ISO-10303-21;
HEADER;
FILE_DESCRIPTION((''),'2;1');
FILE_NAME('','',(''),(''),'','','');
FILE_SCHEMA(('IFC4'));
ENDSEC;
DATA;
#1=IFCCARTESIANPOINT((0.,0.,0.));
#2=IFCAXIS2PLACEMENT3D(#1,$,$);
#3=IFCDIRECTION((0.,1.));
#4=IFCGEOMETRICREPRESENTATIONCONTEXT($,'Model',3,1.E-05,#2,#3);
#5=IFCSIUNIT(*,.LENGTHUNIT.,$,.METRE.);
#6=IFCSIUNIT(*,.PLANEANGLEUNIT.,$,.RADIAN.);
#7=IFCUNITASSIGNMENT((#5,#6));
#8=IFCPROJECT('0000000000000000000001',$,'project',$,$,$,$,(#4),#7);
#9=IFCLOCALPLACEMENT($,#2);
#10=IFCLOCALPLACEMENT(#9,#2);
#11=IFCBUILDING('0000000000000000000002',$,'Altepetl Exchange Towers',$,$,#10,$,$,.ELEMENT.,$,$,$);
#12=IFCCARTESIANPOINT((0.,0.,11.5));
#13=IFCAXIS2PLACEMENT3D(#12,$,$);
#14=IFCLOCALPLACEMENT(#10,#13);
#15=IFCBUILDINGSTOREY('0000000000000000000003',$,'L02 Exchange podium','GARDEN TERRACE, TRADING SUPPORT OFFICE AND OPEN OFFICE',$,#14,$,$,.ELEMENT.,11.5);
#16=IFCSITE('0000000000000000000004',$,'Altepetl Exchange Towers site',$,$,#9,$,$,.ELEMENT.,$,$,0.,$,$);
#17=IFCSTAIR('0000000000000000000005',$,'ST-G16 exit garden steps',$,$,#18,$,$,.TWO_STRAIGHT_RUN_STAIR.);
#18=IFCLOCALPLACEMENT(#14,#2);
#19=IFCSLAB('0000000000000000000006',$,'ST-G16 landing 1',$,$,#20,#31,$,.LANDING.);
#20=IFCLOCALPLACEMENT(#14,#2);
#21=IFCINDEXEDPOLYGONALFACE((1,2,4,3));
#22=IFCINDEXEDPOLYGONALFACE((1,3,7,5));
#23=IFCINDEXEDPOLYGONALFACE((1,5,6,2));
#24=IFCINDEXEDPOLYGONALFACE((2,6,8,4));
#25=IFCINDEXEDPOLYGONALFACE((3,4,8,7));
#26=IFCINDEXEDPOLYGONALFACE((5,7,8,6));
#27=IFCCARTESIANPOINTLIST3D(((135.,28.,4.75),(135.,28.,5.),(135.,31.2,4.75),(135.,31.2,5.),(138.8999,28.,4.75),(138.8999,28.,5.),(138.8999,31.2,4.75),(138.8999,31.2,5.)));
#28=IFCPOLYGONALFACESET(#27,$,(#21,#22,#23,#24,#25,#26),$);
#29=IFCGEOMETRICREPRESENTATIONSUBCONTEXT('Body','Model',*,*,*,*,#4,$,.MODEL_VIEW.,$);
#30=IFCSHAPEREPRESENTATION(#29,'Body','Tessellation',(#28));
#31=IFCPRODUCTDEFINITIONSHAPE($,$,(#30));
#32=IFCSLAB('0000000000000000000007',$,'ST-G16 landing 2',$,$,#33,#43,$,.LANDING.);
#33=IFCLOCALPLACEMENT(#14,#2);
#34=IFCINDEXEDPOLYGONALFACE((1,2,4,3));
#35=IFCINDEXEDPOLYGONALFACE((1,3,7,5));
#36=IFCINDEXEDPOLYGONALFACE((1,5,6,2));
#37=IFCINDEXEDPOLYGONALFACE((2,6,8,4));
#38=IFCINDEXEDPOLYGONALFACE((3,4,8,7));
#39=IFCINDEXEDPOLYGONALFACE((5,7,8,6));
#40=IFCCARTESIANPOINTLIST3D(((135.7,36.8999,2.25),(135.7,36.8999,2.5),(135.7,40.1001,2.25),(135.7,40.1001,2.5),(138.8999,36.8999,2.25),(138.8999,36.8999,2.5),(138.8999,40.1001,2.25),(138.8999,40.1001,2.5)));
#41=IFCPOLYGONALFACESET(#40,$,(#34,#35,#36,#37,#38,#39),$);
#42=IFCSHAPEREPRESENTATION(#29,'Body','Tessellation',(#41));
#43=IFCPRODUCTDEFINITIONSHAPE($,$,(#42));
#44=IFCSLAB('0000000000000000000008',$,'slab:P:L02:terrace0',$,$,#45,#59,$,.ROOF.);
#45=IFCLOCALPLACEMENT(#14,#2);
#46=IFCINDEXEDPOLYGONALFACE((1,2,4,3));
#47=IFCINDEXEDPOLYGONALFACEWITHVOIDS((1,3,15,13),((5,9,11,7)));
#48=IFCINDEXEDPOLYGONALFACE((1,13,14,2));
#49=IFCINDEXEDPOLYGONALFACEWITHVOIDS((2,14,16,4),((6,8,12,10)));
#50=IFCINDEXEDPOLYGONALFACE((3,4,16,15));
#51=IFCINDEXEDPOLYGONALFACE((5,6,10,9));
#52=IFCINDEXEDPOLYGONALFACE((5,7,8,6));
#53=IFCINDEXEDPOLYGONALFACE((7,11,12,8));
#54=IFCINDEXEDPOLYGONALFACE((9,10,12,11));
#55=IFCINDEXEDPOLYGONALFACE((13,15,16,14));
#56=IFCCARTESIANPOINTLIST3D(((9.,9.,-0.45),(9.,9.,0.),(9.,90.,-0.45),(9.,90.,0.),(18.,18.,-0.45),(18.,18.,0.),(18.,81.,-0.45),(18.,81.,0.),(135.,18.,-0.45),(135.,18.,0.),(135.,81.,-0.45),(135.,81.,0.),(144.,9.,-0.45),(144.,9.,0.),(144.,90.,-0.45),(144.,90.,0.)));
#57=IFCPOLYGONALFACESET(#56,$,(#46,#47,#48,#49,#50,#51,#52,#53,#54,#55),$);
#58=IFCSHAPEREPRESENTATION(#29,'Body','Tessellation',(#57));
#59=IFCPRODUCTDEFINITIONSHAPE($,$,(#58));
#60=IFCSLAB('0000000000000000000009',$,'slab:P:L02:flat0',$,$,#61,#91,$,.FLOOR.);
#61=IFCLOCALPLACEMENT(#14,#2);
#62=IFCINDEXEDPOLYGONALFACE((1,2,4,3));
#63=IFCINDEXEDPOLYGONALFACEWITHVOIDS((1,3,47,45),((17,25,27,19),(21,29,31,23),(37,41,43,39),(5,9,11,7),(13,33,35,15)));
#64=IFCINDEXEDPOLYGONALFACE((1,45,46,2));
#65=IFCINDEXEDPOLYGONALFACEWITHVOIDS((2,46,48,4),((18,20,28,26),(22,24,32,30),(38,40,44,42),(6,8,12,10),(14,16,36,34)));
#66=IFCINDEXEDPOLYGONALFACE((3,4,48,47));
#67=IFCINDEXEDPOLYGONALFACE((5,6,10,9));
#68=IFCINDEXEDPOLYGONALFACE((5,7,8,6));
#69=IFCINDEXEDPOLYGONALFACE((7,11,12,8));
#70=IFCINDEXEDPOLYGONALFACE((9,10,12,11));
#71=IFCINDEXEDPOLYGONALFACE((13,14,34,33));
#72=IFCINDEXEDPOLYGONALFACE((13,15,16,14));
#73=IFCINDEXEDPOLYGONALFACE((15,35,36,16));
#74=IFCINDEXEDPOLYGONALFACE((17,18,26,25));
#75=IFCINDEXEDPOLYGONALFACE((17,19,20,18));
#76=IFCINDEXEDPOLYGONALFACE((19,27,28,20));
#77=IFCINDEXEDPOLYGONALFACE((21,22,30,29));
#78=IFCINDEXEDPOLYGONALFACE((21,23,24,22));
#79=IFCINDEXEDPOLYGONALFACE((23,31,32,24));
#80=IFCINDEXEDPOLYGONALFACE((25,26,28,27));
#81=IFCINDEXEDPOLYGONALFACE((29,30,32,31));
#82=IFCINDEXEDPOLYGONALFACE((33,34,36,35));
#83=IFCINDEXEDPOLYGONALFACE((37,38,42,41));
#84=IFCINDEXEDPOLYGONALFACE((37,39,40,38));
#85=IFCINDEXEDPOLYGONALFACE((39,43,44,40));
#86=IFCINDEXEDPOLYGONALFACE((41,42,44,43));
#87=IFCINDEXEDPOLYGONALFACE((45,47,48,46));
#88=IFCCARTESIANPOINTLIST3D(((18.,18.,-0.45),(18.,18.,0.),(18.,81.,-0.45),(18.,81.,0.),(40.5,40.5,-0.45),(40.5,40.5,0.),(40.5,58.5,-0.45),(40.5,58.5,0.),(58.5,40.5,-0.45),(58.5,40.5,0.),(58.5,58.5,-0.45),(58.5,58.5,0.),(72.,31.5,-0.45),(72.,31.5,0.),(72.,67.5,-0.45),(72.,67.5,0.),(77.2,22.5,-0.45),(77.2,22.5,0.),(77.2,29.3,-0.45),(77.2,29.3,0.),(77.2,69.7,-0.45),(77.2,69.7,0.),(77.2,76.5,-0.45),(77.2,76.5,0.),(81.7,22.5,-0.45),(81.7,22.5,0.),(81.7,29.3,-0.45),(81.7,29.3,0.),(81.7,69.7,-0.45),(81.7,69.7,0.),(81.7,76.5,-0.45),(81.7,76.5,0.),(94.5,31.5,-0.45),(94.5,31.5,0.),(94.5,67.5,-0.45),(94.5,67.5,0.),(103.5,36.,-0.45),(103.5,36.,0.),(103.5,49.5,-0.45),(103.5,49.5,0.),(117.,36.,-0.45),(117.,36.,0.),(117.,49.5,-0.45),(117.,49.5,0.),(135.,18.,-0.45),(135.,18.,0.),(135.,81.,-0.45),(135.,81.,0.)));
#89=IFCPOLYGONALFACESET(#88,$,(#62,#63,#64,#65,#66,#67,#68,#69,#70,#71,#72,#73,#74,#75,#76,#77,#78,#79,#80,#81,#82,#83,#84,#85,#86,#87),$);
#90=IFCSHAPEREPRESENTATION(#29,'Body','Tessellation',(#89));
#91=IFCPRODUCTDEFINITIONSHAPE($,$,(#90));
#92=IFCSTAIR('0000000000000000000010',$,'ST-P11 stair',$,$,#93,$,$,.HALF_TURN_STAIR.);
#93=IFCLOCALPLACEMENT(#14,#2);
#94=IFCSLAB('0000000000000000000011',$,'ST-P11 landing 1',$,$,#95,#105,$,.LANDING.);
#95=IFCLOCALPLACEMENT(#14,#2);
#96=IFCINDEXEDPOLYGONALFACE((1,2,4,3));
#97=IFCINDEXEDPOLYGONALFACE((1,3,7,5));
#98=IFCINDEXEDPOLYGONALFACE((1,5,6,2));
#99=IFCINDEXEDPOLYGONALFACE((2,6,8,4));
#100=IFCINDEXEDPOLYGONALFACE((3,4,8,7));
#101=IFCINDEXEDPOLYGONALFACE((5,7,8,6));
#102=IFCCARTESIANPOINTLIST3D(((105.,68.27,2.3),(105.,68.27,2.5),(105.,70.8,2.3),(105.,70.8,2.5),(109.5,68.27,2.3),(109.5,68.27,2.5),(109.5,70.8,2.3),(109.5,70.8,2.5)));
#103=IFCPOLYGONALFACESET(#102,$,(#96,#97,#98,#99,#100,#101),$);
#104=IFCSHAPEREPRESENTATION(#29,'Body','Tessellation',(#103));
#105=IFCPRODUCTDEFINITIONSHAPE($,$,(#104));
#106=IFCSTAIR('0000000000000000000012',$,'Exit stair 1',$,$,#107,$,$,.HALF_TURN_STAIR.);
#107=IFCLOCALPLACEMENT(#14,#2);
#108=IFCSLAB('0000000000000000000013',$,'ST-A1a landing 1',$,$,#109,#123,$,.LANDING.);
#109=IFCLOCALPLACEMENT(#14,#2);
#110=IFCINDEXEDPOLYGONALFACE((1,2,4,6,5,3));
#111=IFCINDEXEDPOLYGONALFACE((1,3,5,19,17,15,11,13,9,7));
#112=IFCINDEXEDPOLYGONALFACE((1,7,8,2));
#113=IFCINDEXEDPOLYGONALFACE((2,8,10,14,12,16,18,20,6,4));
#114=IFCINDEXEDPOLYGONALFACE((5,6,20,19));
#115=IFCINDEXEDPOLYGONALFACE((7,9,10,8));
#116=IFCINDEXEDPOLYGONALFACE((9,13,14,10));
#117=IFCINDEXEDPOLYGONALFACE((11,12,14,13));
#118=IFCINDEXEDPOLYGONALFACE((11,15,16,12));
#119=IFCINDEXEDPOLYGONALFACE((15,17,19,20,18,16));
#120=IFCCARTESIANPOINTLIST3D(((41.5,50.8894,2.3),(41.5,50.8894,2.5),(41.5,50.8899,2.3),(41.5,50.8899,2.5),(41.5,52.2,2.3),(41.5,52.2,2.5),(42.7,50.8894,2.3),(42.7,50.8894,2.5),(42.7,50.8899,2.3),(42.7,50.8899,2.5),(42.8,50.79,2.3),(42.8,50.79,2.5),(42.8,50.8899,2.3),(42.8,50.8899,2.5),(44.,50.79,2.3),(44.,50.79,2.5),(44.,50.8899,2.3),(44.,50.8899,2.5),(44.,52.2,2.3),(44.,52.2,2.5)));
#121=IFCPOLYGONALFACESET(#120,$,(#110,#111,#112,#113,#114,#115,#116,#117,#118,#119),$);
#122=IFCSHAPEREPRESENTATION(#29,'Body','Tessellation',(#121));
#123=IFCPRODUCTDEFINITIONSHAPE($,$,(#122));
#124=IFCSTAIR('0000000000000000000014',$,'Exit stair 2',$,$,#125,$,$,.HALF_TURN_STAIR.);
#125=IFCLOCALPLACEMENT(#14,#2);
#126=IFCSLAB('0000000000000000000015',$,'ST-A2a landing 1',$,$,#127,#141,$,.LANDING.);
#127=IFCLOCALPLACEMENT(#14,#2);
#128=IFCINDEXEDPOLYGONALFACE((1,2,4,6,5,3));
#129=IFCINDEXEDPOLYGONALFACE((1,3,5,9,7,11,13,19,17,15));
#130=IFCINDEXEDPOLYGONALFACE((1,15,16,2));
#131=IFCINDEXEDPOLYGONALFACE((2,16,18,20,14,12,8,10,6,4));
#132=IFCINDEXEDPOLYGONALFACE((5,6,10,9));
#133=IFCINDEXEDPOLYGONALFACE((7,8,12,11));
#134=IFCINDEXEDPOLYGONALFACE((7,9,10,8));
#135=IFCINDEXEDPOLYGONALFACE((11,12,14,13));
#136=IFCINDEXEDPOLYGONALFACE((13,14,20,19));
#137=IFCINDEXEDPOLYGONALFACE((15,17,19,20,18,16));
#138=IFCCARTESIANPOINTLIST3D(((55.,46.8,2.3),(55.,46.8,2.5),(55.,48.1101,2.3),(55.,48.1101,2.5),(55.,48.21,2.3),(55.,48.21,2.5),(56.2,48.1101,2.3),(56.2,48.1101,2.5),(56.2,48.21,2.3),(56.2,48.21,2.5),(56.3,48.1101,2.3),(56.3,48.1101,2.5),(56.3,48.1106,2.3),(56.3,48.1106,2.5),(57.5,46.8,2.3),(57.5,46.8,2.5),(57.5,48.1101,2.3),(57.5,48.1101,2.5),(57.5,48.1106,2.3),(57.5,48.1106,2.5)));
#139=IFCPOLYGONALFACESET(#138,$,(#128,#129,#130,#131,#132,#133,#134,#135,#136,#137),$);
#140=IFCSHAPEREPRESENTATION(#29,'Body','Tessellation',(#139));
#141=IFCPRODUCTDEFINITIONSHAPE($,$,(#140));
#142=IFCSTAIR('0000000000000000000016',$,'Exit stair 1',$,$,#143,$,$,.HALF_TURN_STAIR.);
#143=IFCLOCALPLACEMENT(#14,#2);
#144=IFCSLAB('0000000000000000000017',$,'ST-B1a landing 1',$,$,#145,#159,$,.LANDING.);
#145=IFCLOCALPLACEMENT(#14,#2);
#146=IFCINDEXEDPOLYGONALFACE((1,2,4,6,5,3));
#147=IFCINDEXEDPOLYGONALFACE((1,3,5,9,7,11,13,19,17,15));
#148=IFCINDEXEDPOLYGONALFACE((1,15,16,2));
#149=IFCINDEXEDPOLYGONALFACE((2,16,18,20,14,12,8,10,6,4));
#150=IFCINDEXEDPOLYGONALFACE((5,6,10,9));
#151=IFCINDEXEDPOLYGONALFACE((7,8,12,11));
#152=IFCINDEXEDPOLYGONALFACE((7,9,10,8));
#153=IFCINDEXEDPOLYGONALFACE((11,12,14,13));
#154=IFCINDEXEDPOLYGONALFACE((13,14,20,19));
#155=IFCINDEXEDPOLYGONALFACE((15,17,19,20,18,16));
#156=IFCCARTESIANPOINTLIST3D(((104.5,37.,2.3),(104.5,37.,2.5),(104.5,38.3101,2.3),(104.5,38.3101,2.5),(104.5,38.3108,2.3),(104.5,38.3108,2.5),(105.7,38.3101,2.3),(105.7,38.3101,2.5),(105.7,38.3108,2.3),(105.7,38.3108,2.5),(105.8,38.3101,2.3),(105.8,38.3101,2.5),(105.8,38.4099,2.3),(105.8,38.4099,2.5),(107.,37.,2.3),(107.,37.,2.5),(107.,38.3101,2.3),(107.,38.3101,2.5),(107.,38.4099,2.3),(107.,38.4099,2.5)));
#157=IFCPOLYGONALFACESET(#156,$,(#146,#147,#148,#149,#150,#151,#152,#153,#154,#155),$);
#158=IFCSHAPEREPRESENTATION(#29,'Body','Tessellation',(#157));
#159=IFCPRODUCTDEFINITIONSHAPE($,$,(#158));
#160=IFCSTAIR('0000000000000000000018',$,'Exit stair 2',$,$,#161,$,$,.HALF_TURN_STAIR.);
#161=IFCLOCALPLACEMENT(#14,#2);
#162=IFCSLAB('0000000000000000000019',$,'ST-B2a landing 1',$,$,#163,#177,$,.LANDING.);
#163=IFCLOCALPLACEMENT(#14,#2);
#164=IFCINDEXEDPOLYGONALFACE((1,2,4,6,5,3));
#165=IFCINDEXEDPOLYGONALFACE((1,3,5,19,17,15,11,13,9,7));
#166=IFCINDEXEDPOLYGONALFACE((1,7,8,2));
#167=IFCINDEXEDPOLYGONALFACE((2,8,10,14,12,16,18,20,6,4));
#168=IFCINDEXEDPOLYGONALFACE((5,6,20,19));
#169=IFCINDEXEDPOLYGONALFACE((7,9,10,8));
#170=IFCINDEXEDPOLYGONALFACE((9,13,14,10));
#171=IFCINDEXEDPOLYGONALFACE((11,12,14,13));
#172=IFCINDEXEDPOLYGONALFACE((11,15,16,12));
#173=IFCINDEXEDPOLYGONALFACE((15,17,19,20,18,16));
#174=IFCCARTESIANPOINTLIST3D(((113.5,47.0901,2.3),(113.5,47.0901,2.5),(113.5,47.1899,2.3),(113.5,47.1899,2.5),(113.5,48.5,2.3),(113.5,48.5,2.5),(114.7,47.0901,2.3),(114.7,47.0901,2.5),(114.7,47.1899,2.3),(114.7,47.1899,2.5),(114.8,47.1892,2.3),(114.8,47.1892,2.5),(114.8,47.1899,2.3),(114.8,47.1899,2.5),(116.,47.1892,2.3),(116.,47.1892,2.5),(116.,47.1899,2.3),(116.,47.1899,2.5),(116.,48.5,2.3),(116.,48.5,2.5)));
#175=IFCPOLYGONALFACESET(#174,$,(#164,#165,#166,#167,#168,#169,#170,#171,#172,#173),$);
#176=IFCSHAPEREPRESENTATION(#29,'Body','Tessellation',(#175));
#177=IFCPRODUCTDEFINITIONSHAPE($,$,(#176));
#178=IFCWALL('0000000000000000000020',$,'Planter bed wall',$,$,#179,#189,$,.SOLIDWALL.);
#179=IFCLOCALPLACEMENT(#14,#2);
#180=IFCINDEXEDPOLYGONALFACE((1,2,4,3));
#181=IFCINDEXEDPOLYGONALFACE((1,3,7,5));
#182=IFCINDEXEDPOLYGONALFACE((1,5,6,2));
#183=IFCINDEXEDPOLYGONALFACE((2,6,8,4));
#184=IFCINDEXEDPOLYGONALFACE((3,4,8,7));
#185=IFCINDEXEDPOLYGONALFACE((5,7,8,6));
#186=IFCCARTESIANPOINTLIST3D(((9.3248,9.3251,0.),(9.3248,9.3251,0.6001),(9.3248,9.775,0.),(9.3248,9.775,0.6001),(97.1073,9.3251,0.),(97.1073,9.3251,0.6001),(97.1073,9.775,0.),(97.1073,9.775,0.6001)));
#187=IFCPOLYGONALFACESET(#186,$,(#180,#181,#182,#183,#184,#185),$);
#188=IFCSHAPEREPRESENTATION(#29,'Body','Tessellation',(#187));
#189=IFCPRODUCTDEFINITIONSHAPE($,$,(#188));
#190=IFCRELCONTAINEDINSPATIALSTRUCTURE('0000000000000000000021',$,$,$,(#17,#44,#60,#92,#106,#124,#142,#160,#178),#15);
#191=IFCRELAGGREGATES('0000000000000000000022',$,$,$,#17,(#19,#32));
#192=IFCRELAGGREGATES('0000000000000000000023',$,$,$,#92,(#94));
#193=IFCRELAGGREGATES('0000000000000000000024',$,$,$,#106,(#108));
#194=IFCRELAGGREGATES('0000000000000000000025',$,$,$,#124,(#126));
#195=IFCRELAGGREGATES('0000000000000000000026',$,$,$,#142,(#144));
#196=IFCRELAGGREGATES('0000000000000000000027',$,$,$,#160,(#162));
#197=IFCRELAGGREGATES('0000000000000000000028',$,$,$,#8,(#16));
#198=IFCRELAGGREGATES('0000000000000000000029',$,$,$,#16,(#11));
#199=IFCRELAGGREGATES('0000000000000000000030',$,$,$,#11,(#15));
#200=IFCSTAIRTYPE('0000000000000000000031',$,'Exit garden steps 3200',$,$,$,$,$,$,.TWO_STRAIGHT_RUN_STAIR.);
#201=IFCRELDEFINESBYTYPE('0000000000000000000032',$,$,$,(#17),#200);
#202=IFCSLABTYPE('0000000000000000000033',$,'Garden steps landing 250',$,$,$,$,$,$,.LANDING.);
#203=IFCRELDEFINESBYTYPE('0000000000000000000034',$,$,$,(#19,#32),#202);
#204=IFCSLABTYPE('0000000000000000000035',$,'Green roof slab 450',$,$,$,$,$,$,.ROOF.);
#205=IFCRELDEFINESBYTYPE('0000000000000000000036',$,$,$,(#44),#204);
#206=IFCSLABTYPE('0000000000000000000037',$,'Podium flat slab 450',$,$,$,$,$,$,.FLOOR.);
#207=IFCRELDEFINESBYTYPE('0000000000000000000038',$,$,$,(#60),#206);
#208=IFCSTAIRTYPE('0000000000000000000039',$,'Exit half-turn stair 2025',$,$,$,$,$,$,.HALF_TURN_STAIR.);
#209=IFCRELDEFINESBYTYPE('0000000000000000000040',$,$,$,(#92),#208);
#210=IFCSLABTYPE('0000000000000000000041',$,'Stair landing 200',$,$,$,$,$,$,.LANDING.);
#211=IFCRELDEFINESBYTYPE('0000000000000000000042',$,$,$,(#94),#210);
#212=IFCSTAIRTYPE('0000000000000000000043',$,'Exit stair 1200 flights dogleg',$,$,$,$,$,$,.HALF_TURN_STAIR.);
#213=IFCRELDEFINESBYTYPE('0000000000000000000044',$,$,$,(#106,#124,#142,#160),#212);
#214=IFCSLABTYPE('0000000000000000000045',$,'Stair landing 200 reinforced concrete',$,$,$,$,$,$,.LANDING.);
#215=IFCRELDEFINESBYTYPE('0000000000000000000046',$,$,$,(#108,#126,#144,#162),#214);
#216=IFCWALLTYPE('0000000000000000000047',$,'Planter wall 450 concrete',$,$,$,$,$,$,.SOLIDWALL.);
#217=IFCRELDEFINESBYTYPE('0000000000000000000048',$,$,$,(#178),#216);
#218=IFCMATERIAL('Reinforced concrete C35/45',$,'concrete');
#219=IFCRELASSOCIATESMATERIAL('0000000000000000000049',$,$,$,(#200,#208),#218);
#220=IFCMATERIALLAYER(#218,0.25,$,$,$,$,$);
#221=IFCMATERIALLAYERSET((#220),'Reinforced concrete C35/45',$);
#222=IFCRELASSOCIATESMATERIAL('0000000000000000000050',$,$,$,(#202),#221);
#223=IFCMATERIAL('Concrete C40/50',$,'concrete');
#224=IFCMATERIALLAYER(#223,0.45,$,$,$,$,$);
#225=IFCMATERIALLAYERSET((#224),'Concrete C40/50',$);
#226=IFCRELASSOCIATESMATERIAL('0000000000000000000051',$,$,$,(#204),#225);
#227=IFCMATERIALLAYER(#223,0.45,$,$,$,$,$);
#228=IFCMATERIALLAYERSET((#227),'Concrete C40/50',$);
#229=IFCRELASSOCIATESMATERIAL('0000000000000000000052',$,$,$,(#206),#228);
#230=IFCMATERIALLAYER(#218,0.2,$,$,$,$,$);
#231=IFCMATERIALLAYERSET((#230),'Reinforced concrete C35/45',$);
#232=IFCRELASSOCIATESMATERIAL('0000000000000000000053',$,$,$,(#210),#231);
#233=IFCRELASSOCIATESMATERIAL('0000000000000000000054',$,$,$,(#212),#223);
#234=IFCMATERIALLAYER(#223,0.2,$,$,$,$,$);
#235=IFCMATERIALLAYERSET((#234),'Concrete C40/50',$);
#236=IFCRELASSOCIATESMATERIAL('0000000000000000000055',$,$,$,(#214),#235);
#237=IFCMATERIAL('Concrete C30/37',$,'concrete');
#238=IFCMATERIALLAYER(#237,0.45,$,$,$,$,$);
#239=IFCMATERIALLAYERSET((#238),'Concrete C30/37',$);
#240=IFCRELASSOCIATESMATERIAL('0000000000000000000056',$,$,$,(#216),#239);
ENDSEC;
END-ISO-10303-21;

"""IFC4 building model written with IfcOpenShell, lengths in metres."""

from ifc_helpers import new_model, si_unit, direction, frame, frame_2d, origin, place, context, subcontext, project, spatial, polyline, rectangle, outline, extrude, material, layer, layer_set, type_object, element, aggregate, save


model = new_model("IFC4")

# Units and contexts
model_context = context("Model", 3, precision=1e-05, world=origin(), true_north=direction((0.0, 1.0)))
body_context = subcontext(model_context, "Body", "Model", "MODEL_VIEW")
ifc_project = project(units=[si_unit("LENGTHUNIT", "METRE"), si_unit("PLANEANGLEUNIT", "RADIAN")], contexts=[model_context])

# Site, building, storey
site_placement = place(None, origin())
site = spatial("IfcSite", under=ifc_project, at=site_placement, Name="Altepetl Exchange Towers site", CompositionType="ELEMENT", RefElevation=0.0)
building_placement = place(site_placement, origin())
building = spatial("IfcBuilding", under=site, at=building_placement, Name="Altepetl Exchange Towers", CompositionType="ELEMENT")
storey_placement = place(building_placement, frame((0.0, 0.0, 11.5)))
storey = spatial("IfcBuildingStorey", under=building, at=storey_placement, Name="L02 Exchange podium", Description="GARDEN TERRACE, TRADING SUPPORT OFFICE AND OPEN OFFICE", CompositionType="ELEMENT", Elevation=11.5)

# Shared definitions
ifc_material_1 = material(Name="Concrete C40/50", Category="concrete")

# Stair, slabs
ifc_material_2 = material(Name="Reinforced concrete C35/45", Category="concrete")
stair_type_1 = type_object("IfcStairType", Name="Exit garden steps 3200", PredefinedType="TWO_STRAIGHT_RUN_STAIR", material=ifc_material_2)
ifc_layer_1 = layer(ifc_material_2, 0.25)
ifc_layer_set_1 = layer_set([ifc_layer_1], Name="Reinforced concrete C35/45")
slab_type_1 = type_object("IfcSlabType", Name="Garden steps landing 250", PredefinedType="LANDING", material=ifc_layer_set_1)
stair_1_placement = place(storey_placement, origin())
stair_1 = element("IfcStair", 1, at=stair_1_placement, inside=storey, type_object=stair_type_1, Name="ST-G16 exit garden steps", PredefinedType="TWO_STRAIGHT_RUN_STAIR")
slab_1_placement = place(storey_placement, frame((0.0, 0.0, 4.75)))
slab_1 = element("IfcSlab", 2, at=slab_1_placement, type_object=slab_type_1, Name="ST-G16 landing 1", PredefinedType="LANDING", context=body_context, shape_type="SweptSolid", body=[
    extrude(outline(polyline([(135.0, 28.0), (135.0, 31.2), (138.8999, 31.2), (138.8999, 28.0), (135.0, 28.0)])), origin(), (0.0, 0.0, 1.0), 0.25),
])
slab_2_placement = place(storey_placement, frame((0.0, 0.0, 2.25)))
slab_2 = element("IfcSlab", 3, at=slab_2_placement, type_object=slab_type_1, Name="ST-G16 landing 2", PredefinedType="LANDING", context=body_context, shape_type="SweptSolid", body=[
    extrude(outline(polyline([(135.7, 36.8999), (135.7, 40.1001), (138.8999, 40.1001), (138.8999, 36.8999), (135.7, 36.8999)])), origin(), (0.0, 0.0, 1.0), 0.25),
])
aggregate(stair_1, [slab_1, slab_2])

# Slabs
ifc_layer_2 = layer(ifc_material_1, 0.45)
ifc_layer_set_2 = layer_set([ifc_layer_2], Name="Concrete C40/50")
slab_type_2 = type_object("IfcSlabType", Name="Green roof slab 450", PredefinedType="ROOF", material=ifc_layer_set_2)
slab_3_placement = place(storey_placement, frame((0.0, 0.0, -0.45)))
element("IfcSlab", 4, at=slab_3_placement, inside=storey, type_object=slab_type_2, Name="slab:P:L02:terrace0", PredefinedType="ROOF", context=body_context, shape_type="SweptSolid", body=[
    extrude(outline(polyline([(9.0, 9.0), (144.0, 9.0), (144.0, 90.0), (9.0, 90.0), (9.0, 9.0)]), holes=[polyline([(135.0, 81.0), (135.0, 18.0), (18.0, 18.0), (18.0, 81.0), (135.0, 81.0)])]), origin(), (0.0, 0.0, 1.0), 0.45),
])
ifc_layer_3 = layer(ifc_material_1, 0.45)
ifc_layer_set_3 = layer_set([ifc_layer_3], Name="Concrete C40/50")
slab_type_3 = type_object("IfcSlabType", Name="Podium flat slab 450", PredefinedType="FLOOR", material=ifc_layer_set_3)
slab_4_placement = place(storey_placement, frame((0.0, 0.0, -0.45)))
element("IfcSlab", 5, at=slab_4_placement, inside=storey, type_object=slab_type_3, Name="slab:P:L02:flat0", PredefinedType="FLOOR", context=body_context, shape_type="SweptSolid", body=[
    extrude(outline(polyline([(135.0, 18.0), (135.0, 81.0), (18.0, 81.0), (18.0, 18.0), (135.0, 18.0)]), holes=[polyline([(103.5, 36.0), (103.5, 49.5), (117.0, 49.5), (117.0, 36.0), (103.5, 36.0)]), polyline([(40.5, 40.5), (40.5, 58.5), (58.5, 58.5), (58.5, 40.5), (40.5, 40.5)]), polyline([(72.0, 31.5), (72.0, 67.5), (94.5, 67.5), (94.5, 31.5), (72.0, 31.5)]), polyline([(81.7, 22.5), (77.2, 22.5), (77.2, 29.3), (81.7, 29.3), (81.7, 22.5)]), polyline([(77.2, 69.7), (77.2, 76.5), (81.7, 76.5), (81.7, 69.7), (77.2, 69.7)])]), origin(), (0.0, 0.0, 1.0), 0.45),
])

# Stairs, slabs
stair_type_2 = type_object("IfcStairType", Name="Exit half-turn stair 2025", PredefinedType="HALF_TURN_STAIR", material=ifc_material_2)
stair_2_placement = place(storey_placement, origin())
stair_2 = element("IfcStair", 6, at=stair_2_placement, inside=storey, type_object=stair_type_2, Name="ST-P11 stair", PredefinedType="HALF_TURN_STAIR")
ifc_layer_4 = layer(ifc_material_2, 0.2)
ifc_layer_set_4 = layer_set([ifc_layer_4], Name="Reinforced concrete C35/45")
slab_type_4 = type_object("IfcSlabType", Name="Stair landing 200", PredefinedType="LANDING", material=ifc_layer_set_4)
slab_5_placement = place(storey_placement, frame((0.0, 0.0, 2.3)))
slab_5 = element("IfcSlab", 7, at=slab_5_placement, type_object=slab_type_4, Name="ST-P11 landing 1", PredefinedType="LANDING", context=body_context, shape_type="SweptSolid", body=[
    extrude(outline(polyline([(105.0, 68.27), (109.5, 68.27), (109.5, 70.8), (105.0, 70.8), (105.0, 68.27)])), origin(), (0.0, 0.0, 1.0), 0.2),
])
aggregate(stair_2, [slab_5])
stair_type_3 = type_object("IfcStairType", Name="Exit stair 1200 flights dogleg", PredefinedType="HALF_TURN_STAIR", material=ifc_material_1)
stair_3_placement = place(storey_placement, origin())
stair_3 = element("IfcStair", 8, at=stair_3_placement, inside=storey, type_object=stair_type_3, Name="Exit stair 1", PredefinedType="HALF_TURN_STAIR")
ifc_layer_5 = layer(ifc_material_1, 0.2)
ifc_layer_set_5 = layer_set([ifc_layer_5], Name="Concrete C40/50")
slab_type_5 = type_object("IfcSlabType", Name="Stair landing 200 reinforced concrete", PredefinedType="LANDING", material=ifc_layer_set_5)
slab_6_placement = place(storey_placement, frame((0.0, 0.0, 2.3)))
slab_6 = element("IfcSlab", 9, at=slab_6_placement, type_object=slab_type_5, Name="ST-A1a landing 1", PredefinedType="LANDING", context=body_context, shape_type="SweptSolid", body=[
    extrude(outline(polyline([(44.0, 50.79), (42.8, 50.79), (42.8, 50.8899), (42.7, 50.8899), (42.7, 50.8894), (41.5, 50.8894), (41.5, 50.8899), (41.5, 52.2), (44.0, 52.2), (44.0, 50.8899), (44.0, 50.79)])), origin(), (0.0, 0.0, 1.0), 0.2),
])
aggregate(stair_3, [slab_6])
stair_4_placement = place(storey_placement, origin())
stair_4 = element("IfcStair", 10, at=stair_4_placement, inside=storey, type_object=stair_type_3, Name="Exit stair 2", PredefinedType="HALF_TURN_STAIR")
slab_7_placement = place(storey_placement, frame((0.0, 0.0, 2.3)))
slab_7 = element("IfcSlab", 11, at=slab_7_placement, type_object=slab_type_5, Name="ST-A2a landing 1", PredefinedType="LANDING", context=body_context, shape_type="SweptSolid", body=[
    extrude(outline(polyline([(57.5, 46.8), (55.0, 46.8), (55.0, 48.1101), (55.0, 48.21), (56.2, 48.21), (56.2, 48.1101), (56.3, 48.1101), (56.3, 48.1106), (57.5, 48.1106), (57.5, 48.1101), (57.5, 46.8)])), origin(), (0.0, 0.0, 1.0), 0.2),
])
aggregate(stair_4, [slab_7])
stair_5_placement = place(storey_placement, origin())
stair_5 = element("IfcStair", 12, at=stair_5_placement, inside=storey, type_object=stair_type_3, Name="Exit stair 1", PredefinedType="HALF_TURN_STAIR")
slab_8_placement = place(storey_placement, frame((0.0, 0.0, 2.3)))
slab_8 = element("IfcSlab", 13, at=slab_8_placement, type_object=slab_type_5, Name="ST-B1a landing 1", PredefinedType="LANDING", context=body_context, shape_type="SweptSolid", body=[
    extrude(outline(polyline([(107.0, 37.0), (104.5, 37.0), (104.5, 38.3101), (104.5, 38.3108), (105.7, 38.3108), (105.7, 38.3101), (105.8, 38.3101), (105.8, 38.4099), (107.0, 38.4099), (107.0, 38.3101), (107.0, 37.0)])), origin(), (0.0, 0.0, 1.0), 0.2),
])
aggregate(stair_5, [slab_8])
stair_6_placement = place(storey_placement, origin())
stair_6 = element("IfcStair", 14, at=stair_6_placement, inside=storey, type_object=stair_type_3, Name="Exit stair 2", PredefinedType="HALF_TURN_STAIR")
slab_9_placement = place(storey_placement, frame((0.0, 0.0, 2.3)))
slab_9 = element("IfcSlab", 15, at=slab_9_placement, type_object=slab_type_5, Name="ST-B2a landing 1", PredefinedType="LANDING", context=body_context, shape_type="SweptSolid", body=[
    extrude(outline(polyline([(114.7, 47.0901), (113.5, 47.0901), (113.5, 47.1899), (113.5, 48.5), (116.0, 48.5), (116.0, 47.1899), (116.0, 47.1892), (114.8, 47.1892), (114.8, 47.1899), (114.7, 47.1899), (114.7, 47.0901)])), origin(), (0.0, 0.0, 1.0), 0.2),
])
aggregate(stair_6, [slab_9])

# Wall
ifc_material_3 = material(Name="Concrete C30/37", Category="concrete")
ifc_layer_6 = layer(ifc_material_3, 0.45)
ifc_layer_set_6 = layer_set([ifc_layer_6], Name="Concrete C30/37")
wall_type_1 = type_object("IfcWallType", Name="Planter wall 450 concrete", PredefinedType="SOLIDWALL", material=ifc_layer_set_6)
wall_1_placement = place(storey_placement, frame((9.325, 9.55, 0.0)))
element("IfcWall", 16, at=wall_1_placement, inside=storey, type_object=wall_type_1, Name="Planter bed wall", PredefinedType="SOLIDWALL", context=body_context, shape_type="SweptSolid", body=[
    extrude(rectangle(XDim=87.7825, YDim=0.45, at=frame_2d((43.8911, 0.0))), origin(), (0.0, 0.0, 1.0), 0.6001),
])

save(model, "model.ifc")
